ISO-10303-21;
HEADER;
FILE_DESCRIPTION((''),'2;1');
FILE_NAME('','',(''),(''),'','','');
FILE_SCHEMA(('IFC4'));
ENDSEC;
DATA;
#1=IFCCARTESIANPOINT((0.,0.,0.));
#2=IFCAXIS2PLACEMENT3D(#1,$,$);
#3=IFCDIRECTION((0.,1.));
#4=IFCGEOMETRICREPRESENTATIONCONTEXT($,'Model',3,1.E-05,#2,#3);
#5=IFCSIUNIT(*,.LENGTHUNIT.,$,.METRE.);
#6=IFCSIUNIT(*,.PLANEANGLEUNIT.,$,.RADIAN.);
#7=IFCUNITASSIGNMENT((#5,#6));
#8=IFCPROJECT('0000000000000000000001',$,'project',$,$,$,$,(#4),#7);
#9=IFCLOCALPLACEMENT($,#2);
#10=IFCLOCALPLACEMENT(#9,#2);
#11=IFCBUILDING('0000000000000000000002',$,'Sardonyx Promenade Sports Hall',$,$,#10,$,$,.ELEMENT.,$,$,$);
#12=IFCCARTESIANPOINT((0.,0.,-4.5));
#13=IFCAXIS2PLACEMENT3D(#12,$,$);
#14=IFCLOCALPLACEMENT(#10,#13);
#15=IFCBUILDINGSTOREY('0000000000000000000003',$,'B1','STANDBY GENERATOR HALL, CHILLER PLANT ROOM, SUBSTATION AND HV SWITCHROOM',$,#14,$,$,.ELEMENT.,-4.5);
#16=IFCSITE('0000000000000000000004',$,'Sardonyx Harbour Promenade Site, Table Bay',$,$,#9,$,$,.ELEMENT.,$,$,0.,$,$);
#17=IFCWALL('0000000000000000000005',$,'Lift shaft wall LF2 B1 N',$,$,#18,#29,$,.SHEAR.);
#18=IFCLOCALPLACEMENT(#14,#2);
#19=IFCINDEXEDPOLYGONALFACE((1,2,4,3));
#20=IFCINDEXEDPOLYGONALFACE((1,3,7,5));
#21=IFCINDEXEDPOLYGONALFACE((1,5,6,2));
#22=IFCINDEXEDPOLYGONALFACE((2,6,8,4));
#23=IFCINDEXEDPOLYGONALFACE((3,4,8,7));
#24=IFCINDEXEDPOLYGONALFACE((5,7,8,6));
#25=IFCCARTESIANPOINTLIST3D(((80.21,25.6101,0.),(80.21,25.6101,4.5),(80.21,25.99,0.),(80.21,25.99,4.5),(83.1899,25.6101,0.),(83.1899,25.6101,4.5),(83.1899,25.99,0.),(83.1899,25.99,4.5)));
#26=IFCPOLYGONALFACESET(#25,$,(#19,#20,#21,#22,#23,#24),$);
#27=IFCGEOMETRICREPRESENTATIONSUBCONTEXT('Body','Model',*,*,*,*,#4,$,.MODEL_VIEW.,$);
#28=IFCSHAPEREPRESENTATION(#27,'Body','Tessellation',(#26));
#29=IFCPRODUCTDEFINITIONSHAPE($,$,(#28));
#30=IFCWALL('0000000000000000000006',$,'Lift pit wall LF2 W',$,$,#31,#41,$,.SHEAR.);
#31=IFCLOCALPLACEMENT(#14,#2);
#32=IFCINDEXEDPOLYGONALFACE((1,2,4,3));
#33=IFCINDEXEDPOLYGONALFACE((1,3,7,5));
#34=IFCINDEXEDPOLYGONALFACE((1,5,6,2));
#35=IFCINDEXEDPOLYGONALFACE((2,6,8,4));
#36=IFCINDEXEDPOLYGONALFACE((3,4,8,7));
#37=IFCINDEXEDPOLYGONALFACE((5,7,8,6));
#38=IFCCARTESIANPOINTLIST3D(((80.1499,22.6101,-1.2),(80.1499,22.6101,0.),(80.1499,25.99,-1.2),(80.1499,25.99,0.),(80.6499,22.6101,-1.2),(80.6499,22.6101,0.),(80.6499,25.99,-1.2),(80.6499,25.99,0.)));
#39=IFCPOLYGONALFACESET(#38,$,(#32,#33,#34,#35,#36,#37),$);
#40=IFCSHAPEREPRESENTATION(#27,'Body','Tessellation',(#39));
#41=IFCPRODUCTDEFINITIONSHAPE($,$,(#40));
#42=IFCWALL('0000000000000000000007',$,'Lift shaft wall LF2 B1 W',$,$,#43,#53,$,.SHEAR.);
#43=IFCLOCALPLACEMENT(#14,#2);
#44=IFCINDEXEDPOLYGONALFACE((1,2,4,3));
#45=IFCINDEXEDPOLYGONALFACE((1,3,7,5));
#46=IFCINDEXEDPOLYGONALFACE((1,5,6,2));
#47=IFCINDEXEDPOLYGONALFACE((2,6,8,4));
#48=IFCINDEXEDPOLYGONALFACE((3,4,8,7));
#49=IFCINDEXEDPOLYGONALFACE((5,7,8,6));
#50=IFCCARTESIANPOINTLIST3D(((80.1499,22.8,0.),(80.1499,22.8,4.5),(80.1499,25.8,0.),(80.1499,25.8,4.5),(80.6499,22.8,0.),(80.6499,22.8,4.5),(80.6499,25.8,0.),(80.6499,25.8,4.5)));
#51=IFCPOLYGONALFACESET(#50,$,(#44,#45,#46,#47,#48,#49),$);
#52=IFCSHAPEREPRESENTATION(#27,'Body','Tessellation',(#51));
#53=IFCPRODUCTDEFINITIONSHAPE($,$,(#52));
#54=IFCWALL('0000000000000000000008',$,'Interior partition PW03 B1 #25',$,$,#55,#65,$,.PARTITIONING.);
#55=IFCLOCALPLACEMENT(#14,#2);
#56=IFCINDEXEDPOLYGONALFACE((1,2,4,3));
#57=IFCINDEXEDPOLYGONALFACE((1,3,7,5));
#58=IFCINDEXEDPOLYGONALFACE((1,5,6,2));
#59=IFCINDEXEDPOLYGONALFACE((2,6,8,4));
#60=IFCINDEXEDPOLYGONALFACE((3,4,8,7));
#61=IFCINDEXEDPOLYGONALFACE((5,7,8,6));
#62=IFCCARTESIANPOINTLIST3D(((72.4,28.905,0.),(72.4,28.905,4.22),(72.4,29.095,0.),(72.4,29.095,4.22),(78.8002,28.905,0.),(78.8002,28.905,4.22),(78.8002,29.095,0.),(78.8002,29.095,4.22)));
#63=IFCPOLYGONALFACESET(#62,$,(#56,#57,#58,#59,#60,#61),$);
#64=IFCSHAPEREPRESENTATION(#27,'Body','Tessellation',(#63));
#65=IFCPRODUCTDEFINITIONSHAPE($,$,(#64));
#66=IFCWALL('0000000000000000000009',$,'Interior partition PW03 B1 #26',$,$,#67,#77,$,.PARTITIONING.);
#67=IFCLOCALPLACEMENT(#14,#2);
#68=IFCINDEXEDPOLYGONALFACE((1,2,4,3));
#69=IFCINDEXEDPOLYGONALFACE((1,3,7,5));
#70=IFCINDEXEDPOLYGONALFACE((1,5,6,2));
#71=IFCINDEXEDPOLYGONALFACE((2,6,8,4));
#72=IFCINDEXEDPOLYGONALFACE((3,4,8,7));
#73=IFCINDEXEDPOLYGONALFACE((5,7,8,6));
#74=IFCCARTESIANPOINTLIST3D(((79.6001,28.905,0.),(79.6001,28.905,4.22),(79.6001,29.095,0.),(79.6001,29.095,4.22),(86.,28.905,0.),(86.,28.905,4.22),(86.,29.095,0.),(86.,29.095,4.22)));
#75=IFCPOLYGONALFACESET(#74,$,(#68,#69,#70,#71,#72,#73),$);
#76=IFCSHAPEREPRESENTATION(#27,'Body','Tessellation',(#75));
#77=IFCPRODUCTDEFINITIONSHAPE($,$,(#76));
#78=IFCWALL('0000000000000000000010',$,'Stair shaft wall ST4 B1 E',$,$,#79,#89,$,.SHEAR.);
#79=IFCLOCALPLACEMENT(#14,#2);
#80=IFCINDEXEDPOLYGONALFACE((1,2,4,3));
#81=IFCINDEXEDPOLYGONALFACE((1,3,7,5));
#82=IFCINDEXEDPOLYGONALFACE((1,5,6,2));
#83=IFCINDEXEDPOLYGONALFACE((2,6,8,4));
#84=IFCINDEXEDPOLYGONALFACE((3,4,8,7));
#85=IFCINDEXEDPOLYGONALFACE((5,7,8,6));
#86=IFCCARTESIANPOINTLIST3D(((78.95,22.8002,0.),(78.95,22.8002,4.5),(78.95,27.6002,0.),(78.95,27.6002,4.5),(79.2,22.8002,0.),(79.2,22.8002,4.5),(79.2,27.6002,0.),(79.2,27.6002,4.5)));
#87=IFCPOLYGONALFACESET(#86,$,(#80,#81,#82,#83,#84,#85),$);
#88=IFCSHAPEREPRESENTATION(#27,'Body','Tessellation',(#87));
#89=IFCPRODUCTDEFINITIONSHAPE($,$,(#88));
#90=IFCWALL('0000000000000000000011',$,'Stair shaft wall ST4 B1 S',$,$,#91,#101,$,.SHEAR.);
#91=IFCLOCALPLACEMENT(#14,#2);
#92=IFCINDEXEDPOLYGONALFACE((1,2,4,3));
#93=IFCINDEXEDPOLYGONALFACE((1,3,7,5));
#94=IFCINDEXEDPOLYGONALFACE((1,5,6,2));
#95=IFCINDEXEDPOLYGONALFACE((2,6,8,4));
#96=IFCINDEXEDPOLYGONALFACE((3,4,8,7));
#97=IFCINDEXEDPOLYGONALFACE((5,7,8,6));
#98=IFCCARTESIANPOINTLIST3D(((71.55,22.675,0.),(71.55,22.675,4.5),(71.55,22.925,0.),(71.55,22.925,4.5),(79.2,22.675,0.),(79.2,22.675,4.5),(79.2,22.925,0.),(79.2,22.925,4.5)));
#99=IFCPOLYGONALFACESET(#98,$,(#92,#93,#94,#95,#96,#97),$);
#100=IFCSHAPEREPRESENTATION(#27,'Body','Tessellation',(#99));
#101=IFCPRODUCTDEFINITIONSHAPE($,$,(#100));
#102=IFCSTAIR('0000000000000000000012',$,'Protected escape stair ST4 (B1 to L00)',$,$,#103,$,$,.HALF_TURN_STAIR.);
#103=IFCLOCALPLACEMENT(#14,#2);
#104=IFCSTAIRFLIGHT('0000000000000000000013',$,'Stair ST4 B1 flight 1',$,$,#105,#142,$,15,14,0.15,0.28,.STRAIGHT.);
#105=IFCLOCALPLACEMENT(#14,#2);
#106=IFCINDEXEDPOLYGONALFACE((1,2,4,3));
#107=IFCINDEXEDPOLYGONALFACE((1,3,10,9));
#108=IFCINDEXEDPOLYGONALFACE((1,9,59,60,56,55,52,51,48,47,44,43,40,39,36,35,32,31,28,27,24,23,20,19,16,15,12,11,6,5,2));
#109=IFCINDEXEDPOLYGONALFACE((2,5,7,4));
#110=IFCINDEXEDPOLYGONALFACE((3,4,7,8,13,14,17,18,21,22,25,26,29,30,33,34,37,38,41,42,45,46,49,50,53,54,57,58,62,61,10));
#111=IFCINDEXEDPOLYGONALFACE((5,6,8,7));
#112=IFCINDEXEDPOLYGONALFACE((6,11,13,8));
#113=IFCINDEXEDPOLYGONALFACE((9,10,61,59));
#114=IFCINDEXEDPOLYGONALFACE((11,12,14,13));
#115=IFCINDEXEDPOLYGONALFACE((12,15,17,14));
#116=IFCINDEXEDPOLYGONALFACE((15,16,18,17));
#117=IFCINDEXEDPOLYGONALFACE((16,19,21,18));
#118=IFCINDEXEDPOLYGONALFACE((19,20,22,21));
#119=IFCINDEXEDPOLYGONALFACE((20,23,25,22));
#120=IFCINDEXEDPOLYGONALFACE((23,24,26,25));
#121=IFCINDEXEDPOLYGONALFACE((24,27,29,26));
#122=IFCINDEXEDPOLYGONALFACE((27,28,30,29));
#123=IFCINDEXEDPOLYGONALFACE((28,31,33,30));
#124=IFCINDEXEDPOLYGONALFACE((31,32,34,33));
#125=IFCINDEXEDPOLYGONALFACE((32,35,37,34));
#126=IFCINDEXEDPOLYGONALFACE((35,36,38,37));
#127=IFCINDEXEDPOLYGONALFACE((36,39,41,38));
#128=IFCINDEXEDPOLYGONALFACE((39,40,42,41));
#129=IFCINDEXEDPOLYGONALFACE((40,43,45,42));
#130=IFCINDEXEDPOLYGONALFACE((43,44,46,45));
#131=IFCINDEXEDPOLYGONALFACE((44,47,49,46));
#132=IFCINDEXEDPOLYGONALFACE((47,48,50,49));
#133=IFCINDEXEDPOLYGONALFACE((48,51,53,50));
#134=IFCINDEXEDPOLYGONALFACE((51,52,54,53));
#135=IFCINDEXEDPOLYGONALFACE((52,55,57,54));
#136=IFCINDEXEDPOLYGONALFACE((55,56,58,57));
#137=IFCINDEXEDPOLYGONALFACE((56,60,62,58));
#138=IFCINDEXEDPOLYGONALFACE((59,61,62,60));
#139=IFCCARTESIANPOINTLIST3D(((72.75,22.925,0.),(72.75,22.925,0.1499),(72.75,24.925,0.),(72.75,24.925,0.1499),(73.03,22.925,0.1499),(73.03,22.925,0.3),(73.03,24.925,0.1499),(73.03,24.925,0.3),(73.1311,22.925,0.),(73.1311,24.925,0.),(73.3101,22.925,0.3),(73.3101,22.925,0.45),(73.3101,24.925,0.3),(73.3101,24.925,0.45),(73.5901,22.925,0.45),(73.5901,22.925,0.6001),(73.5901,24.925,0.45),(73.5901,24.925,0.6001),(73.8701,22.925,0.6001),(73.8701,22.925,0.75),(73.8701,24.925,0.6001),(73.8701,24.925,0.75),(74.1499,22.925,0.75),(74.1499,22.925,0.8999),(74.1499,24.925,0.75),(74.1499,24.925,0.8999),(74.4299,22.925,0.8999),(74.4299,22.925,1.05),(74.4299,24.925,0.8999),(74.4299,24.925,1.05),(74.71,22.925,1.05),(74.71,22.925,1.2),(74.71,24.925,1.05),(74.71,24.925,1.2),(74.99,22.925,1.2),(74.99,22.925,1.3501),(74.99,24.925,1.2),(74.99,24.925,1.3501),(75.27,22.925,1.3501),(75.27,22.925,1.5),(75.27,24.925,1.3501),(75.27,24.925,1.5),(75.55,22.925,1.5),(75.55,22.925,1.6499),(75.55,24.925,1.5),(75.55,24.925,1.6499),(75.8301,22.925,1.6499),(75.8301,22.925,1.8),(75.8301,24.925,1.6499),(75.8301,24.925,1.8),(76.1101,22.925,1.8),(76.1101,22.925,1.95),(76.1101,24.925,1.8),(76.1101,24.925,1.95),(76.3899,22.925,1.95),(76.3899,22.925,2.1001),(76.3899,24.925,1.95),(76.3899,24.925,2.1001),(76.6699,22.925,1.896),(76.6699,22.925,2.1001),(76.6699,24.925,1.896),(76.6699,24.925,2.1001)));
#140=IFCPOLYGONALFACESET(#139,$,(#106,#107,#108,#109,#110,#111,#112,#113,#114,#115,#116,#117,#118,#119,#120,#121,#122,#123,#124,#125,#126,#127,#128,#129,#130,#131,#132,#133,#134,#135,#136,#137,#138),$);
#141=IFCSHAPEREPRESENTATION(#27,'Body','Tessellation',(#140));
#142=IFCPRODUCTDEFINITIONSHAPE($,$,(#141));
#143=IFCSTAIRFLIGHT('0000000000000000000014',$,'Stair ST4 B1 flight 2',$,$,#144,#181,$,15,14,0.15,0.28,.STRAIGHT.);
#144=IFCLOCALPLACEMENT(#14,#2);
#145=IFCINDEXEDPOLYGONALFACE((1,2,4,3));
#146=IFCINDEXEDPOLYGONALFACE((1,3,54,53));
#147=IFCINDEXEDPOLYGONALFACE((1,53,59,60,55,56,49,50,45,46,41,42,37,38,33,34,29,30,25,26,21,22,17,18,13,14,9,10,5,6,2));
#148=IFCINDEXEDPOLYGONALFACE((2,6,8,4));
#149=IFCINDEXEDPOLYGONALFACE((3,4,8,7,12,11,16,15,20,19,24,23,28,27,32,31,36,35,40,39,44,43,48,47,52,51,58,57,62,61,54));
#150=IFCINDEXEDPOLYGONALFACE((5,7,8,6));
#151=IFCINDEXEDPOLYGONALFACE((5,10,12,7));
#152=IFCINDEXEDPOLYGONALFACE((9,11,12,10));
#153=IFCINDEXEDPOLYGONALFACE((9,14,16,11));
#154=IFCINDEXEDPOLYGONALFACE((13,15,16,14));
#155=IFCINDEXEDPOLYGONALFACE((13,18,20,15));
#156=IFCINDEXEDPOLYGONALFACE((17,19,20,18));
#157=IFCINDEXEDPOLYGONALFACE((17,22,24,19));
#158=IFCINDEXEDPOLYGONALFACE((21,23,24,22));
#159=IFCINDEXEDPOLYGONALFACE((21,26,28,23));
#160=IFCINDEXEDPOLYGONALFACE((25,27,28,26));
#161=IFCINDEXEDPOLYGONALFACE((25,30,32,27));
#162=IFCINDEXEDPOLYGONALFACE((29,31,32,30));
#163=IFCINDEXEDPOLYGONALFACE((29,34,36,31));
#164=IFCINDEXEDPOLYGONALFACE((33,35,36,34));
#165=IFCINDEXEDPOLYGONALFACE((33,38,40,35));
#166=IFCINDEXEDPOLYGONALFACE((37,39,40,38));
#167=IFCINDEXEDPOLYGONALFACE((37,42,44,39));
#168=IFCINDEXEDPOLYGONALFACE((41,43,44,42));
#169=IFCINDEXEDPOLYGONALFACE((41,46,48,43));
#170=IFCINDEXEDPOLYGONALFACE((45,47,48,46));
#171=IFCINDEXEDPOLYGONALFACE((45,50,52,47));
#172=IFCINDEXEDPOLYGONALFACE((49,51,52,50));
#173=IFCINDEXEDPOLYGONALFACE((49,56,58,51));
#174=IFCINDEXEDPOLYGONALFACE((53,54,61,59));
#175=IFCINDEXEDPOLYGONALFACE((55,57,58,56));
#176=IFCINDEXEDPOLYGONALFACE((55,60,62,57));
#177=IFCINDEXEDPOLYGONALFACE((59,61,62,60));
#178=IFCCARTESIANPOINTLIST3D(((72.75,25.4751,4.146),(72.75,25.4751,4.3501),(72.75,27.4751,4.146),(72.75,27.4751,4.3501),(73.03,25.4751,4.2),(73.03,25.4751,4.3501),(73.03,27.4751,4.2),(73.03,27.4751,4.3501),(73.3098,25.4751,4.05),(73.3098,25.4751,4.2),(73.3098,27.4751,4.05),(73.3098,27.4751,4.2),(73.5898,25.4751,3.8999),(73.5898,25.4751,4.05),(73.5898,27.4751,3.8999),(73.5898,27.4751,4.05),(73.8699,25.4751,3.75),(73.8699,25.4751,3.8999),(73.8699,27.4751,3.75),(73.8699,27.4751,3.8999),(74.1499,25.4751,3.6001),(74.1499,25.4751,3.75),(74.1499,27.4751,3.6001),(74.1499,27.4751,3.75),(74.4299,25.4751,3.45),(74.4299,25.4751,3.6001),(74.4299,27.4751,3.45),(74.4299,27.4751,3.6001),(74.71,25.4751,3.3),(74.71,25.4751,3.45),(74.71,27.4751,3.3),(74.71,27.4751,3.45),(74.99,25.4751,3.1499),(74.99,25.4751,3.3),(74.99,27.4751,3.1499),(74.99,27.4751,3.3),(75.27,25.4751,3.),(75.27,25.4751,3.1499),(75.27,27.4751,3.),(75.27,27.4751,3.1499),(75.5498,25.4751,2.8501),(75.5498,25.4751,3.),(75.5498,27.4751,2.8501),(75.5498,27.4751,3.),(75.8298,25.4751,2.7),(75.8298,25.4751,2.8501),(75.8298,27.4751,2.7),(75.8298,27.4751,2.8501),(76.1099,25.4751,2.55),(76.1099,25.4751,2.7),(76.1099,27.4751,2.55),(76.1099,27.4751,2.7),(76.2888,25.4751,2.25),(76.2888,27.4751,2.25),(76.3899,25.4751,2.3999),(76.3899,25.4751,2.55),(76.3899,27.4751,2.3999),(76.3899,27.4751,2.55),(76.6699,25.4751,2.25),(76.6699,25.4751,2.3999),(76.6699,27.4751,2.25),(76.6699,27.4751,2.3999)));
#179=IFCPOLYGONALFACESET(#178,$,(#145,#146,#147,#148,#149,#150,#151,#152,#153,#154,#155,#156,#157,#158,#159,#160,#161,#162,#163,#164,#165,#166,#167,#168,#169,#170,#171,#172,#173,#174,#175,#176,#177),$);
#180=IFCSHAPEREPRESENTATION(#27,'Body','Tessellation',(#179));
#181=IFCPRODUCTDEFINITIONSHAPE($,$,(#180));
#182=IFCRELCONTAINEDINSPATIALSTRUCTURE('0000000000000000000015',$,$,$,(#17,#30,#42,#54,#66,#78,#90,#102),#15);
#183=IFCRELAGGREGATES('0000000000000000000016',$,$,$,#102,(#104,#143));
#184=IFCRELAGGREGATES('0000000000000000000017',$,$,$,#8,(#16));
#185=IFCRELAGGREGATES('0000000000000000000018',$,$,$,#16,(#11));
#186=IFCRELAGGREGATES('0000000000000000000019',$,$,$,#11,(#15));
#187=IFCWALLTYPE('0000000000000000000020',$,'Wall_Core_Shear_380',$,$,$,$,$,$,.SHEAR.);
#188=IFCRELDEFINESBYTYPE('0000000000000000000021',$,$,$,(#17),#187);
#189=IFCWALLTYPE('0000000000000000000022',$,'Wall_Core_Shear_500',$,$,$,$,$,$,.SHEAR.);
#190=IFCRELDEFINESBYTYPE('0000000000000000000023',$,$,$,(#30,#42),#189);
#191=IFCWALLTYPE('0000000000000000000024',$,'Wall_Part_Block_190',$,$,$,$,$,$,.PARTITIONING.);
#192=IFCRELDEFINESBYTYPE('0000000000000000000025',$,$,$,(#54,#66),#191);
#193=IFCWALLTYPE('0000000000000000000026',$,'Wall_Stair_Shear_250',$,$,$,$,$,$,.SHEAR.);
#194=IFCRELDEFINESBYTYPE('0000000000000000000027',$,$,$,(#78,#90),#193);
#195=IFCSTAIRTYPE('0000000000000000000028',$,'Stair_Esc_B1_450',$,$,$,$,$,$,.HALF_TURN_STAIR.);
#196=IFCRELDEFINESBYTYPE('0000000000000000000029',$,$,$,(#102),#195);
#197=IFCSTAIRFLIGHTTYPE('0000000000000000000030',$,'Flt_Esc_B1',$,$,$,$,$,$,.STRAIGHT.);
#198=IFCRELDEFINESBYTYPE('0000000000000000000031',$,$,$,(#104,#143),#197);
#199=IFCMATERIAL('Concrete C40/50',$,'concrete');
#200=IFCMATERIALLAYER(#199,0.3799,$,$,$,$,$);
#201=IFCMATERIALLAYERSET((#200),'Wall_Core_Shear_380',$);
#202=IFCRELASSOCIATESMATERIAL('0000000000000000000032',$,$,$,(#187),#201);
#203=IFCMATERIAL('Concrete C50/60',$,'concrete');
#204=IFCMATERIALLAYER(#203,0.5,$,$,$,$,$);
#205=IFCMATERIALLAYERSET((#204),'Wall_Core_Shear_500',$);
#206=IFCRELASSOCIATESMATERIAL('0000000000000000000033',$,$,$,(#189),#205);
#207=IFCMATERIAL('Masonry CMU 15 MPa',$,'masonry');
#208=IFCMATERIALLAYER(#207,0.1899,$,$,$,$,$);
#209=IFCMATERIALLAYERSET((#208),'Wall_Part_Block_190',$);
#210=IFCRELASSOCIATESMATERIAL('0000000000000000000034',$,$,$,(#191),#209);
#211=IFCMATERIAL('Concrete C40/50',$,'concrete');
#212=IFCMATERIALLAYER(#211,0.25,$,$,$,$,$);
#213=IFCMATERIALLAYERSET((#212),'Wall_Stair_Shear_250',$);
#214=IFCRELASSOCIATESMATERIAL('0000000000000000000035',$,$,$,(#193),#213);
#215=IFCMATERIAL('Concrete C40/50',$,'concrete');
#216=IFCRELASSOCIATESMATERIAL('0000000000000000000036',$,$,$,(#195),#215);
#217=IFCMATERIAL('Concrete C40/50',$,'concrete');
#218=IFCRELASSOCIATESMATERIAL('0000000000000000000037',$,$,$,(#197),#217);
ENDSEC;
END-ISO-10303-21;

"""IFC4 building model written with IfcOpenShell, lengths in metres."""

from ifc_helpers import new_model, si_unit, direction, frame, frame_2d, origin, place, context, subcontext, project, spatial, polyline, rectangle, outline, extrude, material, layer, layer_set, type_object, element, aggregate, save


model = new_model("IFC4")

# Units and contexts
model_context = context("Model", 3, precision=1e-05, world=origin(), true_north=direction((0.0, 1.0)))
body_context = subcontext(model_context, "Body", "Model", "MODEL_VIEW")
ifc_project = project(units=[si_unit("LENGTHUNIT", "METRE"), si_unit("PLANEANGLEUNIT", "RADIAN")], contexts=[model_context])

# Site, building, storey
site_placement = place(None, origin())
site = spatial("IfcSite", under=ifc_project, at=site_placement, Name="Sardonyx Harbour Promenade Site, Table Bay", CompositionType="ELEMENT", RefElevation=0.0)
building_placement = place(site_placement, origin())
building = spatial("IfcBuilding", under=site, at=building_placement, Name="Sardonyx Promenade Sports Hall", CompositionType="ELEMENT")
storey_placement = place(building_placement, frame((0.0, 0.0, -4.5)))
storey = spatial("IfcBuildingStorey", under=building, at=storey_placement, Name="B1", Description="STANDBY GENERATOR HALL, CHILLER PLANT ROOM, SUBSTATION AND HV SWITCHROOM", CompositionType="ELEMENT", Elevation=-4.5)

# Walls
ifc_material_1 = material(Name="Concrete C40/50", Category="concrete")
ifc_layer_1 = layer(ifc_material_1, 0.3799)
ifc_layer_set_1 = layer_set([ifc_layer_1], Name="Wall_Core_Shear_380")
wall_type_1 = type_object("IfcWallType", Name="Wall_Core_Shear_380", PredefinedType="SHEAR", material=ifc_layer_set_1)
wall_1_placement = place(storey_placement, frame((80.21, 25.8, 0.0), z_axis=(0.0, 0.0, 1.0), x_axis=(1.0, 0.0, 0.0)))
element("IfcWall", 1, at=wall_1_placement, inside=storey, type_object=wall_type_1, Name="Lift shaft wall LF2 B1 N", PredefinedType="SHEAR", context=body_context, shape_type="SweptSolid", body=[
    extrude(rectangle(XDim=2.98, YDim=0.3799, at=frame_2d((1.49, 0.0))), origin(), (0.0, 0.0, 1.0), 4.5),
])
ifc_material_2 = material(Name="Concrete C50/60", Category="concrete")
ifc_layer_2 = layer(ifc_material_2, 0.5)
ifc_layer_set_2 = layer_set([ifc_layer_2], Name="Wall_Core_Shear_500")
wall_type_2 = type_object("IfcWallType", Name="Wall_Core_Shear_500", PredefinedType="SHEAR", material=ifc_layer_set_2)
wall_2_placement = place(storey_placement, frame((80.3999, 25.99, -1.2), z_axis=(0.0, 0.0, 1.0), x_axis=(0.0, -1.0, 0.0)))
element("IfcWall", 2, at=wall_2_placement, inside=storey, type_object=wall_type_2, Name="Lift pit wall LF2 W", PredefinedType="SHEAR", context=body_context, shape_type="SweptSolid", body=[
    extrude(rectangle(XDim=3.3799, YDim=0.5, at=frame_2d((1.6899, 0.0))), origin(), (0.0, 0.0, 1.0), 1.2),
])
wall_3_placement = place(storey_placement, frame((80.3999, 25.8, 0.0), z_axis=(0.0, 0.0, 1.0), x_axis=(0.0, -1.0, 0.0)))
element("IfcWall", 3, at=wall_3_placement, inside=storey, type_object=wall_type_2, Name="Lift shaft wall LF2 B1 W", PredefinedType="SHEAR", context=body_context, shape_type="SweptSolid", body=[
    extrude(rectangle(XDim=3.0, YDim=0.5, at=frame_2d((1.5, 0.0))), origin(), (0.0, 0.0, 1.0), 4.5),
])
ifc_material_3 = material(Name="Masonry CMU 15 MPa", Category="masonry")
ifc_layer_3 = layer(ifc_material_3, 0.1899)
ifc_layer_set_3 = layer_set([ifc_layer_3], Name="Wall_Part_Block_190")
wall_type_3 = type_object("IfcWallType", Name="Wall_Part_Block_190", PredefinedType="PARTITIONING", material=ifc_layer_set_3)
wall_4_placement = place(storey_placement, frame((72.3999, 29.0, 0.0), z_axis=(0.0, 0.0, 1.0), x_axis=(1.0, 0.0, 0.0)))
element("IfcWall", 4, at=wall_4_placement, inside=storey, type_object=wall_type_3, Name="Interior partition PW03 B1 #25", PredefinedType="PARTITIONING", context=body_context, shape_type="SweptSolid", body=[
    extrude(rectangle(XDim=6.4001, YDim=0.1899, at=frame_2d((3.2002, 0.0))), origin(), (0.0, 0.0, 1.0), 4.22),
])
wall_5_placement = place(storey_placement, frame((79.6001, 29.0, 0.0), z_axis=(0.0, 0.0, 1.0), x_axis=(1.0, 0.0, 0.0)))
element("IfcWall", 5, at=wall_5_placement, inside=storey, type_object=wall_type_3, Name="Interior partition PW03 B1 #26", PredefinedType="PARTITIONING", context=body_context, shape_type="SweptSolid", body=[
    extrude(rectangle(XDim=6.3999, YDim=0.1899, at=frame_2d((3.2, 0.0))), origin(), (0.0, 0.0, 1.0), 4.22),
])
ifc_material_4 = material(Name="Concrete C40/50", Category="concrete")
ifc_layer_4 = layer(ifc_material_4, 0.25)
ifc_layer_set_4 = layer_set([ifc_layer_4], Name="Wall_Stair_Shear_250")
wall_type_4 = type_object("IfcWallType", Name="Wall_Stair_Shear_250", PredefinedType="SHEAR", material=ifc_layer_set_4)
wall_6_placement = place(storey_placement, frame((79.075, 27.6001, 0.0), z_axis=(0.0, 0.0, 1.0), x_axis=(0.0, -1.0, 0.0)))
element("IfcWall", 6, at=wall_6_placement, inside=storey, type_object=wall_type_4, Name="Stair shaft wall ST4 B1 E", PredefinedType="SHEAR", context=body_context, shape_type="SweptSolid", body=[
    extrude(rectangle(XDim=4.8, YDim=0.25, at=frame_2d((2.3999, 0.0))), origin(), (0.0, 0.0, 1.0), 4.5),
])
wall_7_placement = place(storey_placement, frame((79.2, 22.8, 0.0), z_axis=(0.0, 0.0, 1.0), x_axis=(-1.0, 0.0, 0.0)))
element("IfcWall", 7, at=wall_7_placement, inside=storey, type_object=wall_type_4, Name="Stair shaft wall ST4 B1 S", PredefinedType="SHEAR", context=body_context, shape_type="SweptSolid", body=[
    extrude(rectangle(XDim=7.6499, YDim=0.25, at=frame_2d((3.825, 0.0))), origin(), (0.0, 0.0, 1.0), 4.5),
])

# Stair, stair flights
ifc_material_5 = material(Name="Concrete C40/50", Category="concrete")
stair_type = type_object("IfcStairType", Name="Stair_Esc_B1_450", PredefinedType="HALF_TURN_STAIR", material=ifc_material_5)
stair_placement = place(storey_placement, origin())
stair = element("IfcStair", 8, at=stair_placement, inside=storey, type_object=stair_type, Name="Protected escape stair ST4 (B1 to L00)", PredefinedType="HALF_TURN_STAIR")
ifc_material_6 = material(Name="Concrete C40/50", Category="concrete")
stair_flight_type = type_object("IfcStairFlightType", Name="Flt_Esc_B1", PredefinedType="STRAIGHT", material=ifc_material_6)
stair_flight_1_placement = place(storey_placement, frame((72.75, 23.925, 0.0), z_axis=(0.0, 0.0, 1.0), x_axis=(1.0, 0.0, 0.0)))
stair_flight_1 = element("IfcStairFlight", 9, at=stair_flight_1_placement, type_object=stair_flight_type, Name="Stair ST4 B1 flight 1", NumberOfRisers=15, NumberOfTreads=14, PredefinedType="STRAIGHT", RiserHeight=0.15, TreadLength=0.28, context=body_context, shape_type="SweptSolid", body=[
    extrude(outline(polyline([(0.0, 0.0), (0.0, 0.1499), (0.28, 0.1499), (0.28, 0.3), (0.5601, 0.3), (0.5601, 0.45), (0.8401, 0.45), (0.8401, 0.6001), (1.1201, 0.6001), (1.1201, 0.75), (1.3999, 0.75), (1.3999, 0.8999), (1.6799, 0.8999), (1.6799, 1.05), (1.96, 1.05), (1.96, 1.2), (2.24, 1.2), (2.24, 1.3501), (2.52, 1.3501), (2.52, 1.5), (2.8, 1.5), (2.8, 1.6499), (3.0801, 1.6499), (3.0801, 1.8), (3.3601, 1.8), (3.3601, 1.95), (3.6399, 1.95), (3.6399, 2.1001), (3.9199, 2.1001), (3.9199, 2.25), (3.9199, 1.896), (0.3811, 0.0), (0.0, 0.0)])), frame((0.0, 1.0, 0.0), z_axis=(0.0, -1.0, 0.0), x_axis=(1.0, 0.0, 0.0)), (0.0, 0.0, 1.0), 2.0),
])
stair_flight_2_placement = place(storey_placement, frame((76.6699, 26.4751, 2.25), z_axis=(0.0, 0.0, 1.0), x_axis=(-1.0, 0.0, 0.0)))
stair_flight_2 = element("IfcStairFlight", 10, at=stair_flight_2_placement, type_object=stair_flight_type, Name="Stair ST4 B1 flight 2", NumberOfRisers=15, NumberOfTreads=14, PredefinedType="STRAIGHT", RiserHeight=0.15, TreadLength=0.28, context=body_context, shape_type="SweptSolid", body=[
    extrude(outline(polyline([(0.0, 0.0), (0.0, 0.1499), (0.28, 0.1499), (0.28, 0.3), (0.5601, 0.3), (0.5601, 0.45), (0.8401, 0.45), (0.8401, 0.6001), (1.1201, 0.6001), (1.1201, 0.75), (1.3999, 0.75), (1.3999, 0.8999), (1.6799, 0.8999), (1.6799, 1.05), (1.96, 1.05), (1.96, 1.2), (2.24, 1.2), (2.24, 1.3501), (2.52, 1.3501), (2.52, 1.5), (2.8, 1.5), (2.8, 1.6499), (3.0801, 1.6499), (3.0801, 1.8), (3.3601, 1.8), (3.3601, 1.95), (3.6399, 1.95), (3.6399, 2.1001), (3.9199, 2.1001), (3.9199, 2.25), (3.9199, 1.896), (0.3811, 0.0), (0.0, 0.0)])), frame((0.0, 1.0, 0.0), z_axis=(0.0, -1.0, 0.0), x_axis=(1.0, 0.0, 0.0)), (0.0, 0.0, 1.0), 2.0),
])
aggregate(stair, [stair_flight_1, stair_flight_2])

save(model, "model.ifc")
